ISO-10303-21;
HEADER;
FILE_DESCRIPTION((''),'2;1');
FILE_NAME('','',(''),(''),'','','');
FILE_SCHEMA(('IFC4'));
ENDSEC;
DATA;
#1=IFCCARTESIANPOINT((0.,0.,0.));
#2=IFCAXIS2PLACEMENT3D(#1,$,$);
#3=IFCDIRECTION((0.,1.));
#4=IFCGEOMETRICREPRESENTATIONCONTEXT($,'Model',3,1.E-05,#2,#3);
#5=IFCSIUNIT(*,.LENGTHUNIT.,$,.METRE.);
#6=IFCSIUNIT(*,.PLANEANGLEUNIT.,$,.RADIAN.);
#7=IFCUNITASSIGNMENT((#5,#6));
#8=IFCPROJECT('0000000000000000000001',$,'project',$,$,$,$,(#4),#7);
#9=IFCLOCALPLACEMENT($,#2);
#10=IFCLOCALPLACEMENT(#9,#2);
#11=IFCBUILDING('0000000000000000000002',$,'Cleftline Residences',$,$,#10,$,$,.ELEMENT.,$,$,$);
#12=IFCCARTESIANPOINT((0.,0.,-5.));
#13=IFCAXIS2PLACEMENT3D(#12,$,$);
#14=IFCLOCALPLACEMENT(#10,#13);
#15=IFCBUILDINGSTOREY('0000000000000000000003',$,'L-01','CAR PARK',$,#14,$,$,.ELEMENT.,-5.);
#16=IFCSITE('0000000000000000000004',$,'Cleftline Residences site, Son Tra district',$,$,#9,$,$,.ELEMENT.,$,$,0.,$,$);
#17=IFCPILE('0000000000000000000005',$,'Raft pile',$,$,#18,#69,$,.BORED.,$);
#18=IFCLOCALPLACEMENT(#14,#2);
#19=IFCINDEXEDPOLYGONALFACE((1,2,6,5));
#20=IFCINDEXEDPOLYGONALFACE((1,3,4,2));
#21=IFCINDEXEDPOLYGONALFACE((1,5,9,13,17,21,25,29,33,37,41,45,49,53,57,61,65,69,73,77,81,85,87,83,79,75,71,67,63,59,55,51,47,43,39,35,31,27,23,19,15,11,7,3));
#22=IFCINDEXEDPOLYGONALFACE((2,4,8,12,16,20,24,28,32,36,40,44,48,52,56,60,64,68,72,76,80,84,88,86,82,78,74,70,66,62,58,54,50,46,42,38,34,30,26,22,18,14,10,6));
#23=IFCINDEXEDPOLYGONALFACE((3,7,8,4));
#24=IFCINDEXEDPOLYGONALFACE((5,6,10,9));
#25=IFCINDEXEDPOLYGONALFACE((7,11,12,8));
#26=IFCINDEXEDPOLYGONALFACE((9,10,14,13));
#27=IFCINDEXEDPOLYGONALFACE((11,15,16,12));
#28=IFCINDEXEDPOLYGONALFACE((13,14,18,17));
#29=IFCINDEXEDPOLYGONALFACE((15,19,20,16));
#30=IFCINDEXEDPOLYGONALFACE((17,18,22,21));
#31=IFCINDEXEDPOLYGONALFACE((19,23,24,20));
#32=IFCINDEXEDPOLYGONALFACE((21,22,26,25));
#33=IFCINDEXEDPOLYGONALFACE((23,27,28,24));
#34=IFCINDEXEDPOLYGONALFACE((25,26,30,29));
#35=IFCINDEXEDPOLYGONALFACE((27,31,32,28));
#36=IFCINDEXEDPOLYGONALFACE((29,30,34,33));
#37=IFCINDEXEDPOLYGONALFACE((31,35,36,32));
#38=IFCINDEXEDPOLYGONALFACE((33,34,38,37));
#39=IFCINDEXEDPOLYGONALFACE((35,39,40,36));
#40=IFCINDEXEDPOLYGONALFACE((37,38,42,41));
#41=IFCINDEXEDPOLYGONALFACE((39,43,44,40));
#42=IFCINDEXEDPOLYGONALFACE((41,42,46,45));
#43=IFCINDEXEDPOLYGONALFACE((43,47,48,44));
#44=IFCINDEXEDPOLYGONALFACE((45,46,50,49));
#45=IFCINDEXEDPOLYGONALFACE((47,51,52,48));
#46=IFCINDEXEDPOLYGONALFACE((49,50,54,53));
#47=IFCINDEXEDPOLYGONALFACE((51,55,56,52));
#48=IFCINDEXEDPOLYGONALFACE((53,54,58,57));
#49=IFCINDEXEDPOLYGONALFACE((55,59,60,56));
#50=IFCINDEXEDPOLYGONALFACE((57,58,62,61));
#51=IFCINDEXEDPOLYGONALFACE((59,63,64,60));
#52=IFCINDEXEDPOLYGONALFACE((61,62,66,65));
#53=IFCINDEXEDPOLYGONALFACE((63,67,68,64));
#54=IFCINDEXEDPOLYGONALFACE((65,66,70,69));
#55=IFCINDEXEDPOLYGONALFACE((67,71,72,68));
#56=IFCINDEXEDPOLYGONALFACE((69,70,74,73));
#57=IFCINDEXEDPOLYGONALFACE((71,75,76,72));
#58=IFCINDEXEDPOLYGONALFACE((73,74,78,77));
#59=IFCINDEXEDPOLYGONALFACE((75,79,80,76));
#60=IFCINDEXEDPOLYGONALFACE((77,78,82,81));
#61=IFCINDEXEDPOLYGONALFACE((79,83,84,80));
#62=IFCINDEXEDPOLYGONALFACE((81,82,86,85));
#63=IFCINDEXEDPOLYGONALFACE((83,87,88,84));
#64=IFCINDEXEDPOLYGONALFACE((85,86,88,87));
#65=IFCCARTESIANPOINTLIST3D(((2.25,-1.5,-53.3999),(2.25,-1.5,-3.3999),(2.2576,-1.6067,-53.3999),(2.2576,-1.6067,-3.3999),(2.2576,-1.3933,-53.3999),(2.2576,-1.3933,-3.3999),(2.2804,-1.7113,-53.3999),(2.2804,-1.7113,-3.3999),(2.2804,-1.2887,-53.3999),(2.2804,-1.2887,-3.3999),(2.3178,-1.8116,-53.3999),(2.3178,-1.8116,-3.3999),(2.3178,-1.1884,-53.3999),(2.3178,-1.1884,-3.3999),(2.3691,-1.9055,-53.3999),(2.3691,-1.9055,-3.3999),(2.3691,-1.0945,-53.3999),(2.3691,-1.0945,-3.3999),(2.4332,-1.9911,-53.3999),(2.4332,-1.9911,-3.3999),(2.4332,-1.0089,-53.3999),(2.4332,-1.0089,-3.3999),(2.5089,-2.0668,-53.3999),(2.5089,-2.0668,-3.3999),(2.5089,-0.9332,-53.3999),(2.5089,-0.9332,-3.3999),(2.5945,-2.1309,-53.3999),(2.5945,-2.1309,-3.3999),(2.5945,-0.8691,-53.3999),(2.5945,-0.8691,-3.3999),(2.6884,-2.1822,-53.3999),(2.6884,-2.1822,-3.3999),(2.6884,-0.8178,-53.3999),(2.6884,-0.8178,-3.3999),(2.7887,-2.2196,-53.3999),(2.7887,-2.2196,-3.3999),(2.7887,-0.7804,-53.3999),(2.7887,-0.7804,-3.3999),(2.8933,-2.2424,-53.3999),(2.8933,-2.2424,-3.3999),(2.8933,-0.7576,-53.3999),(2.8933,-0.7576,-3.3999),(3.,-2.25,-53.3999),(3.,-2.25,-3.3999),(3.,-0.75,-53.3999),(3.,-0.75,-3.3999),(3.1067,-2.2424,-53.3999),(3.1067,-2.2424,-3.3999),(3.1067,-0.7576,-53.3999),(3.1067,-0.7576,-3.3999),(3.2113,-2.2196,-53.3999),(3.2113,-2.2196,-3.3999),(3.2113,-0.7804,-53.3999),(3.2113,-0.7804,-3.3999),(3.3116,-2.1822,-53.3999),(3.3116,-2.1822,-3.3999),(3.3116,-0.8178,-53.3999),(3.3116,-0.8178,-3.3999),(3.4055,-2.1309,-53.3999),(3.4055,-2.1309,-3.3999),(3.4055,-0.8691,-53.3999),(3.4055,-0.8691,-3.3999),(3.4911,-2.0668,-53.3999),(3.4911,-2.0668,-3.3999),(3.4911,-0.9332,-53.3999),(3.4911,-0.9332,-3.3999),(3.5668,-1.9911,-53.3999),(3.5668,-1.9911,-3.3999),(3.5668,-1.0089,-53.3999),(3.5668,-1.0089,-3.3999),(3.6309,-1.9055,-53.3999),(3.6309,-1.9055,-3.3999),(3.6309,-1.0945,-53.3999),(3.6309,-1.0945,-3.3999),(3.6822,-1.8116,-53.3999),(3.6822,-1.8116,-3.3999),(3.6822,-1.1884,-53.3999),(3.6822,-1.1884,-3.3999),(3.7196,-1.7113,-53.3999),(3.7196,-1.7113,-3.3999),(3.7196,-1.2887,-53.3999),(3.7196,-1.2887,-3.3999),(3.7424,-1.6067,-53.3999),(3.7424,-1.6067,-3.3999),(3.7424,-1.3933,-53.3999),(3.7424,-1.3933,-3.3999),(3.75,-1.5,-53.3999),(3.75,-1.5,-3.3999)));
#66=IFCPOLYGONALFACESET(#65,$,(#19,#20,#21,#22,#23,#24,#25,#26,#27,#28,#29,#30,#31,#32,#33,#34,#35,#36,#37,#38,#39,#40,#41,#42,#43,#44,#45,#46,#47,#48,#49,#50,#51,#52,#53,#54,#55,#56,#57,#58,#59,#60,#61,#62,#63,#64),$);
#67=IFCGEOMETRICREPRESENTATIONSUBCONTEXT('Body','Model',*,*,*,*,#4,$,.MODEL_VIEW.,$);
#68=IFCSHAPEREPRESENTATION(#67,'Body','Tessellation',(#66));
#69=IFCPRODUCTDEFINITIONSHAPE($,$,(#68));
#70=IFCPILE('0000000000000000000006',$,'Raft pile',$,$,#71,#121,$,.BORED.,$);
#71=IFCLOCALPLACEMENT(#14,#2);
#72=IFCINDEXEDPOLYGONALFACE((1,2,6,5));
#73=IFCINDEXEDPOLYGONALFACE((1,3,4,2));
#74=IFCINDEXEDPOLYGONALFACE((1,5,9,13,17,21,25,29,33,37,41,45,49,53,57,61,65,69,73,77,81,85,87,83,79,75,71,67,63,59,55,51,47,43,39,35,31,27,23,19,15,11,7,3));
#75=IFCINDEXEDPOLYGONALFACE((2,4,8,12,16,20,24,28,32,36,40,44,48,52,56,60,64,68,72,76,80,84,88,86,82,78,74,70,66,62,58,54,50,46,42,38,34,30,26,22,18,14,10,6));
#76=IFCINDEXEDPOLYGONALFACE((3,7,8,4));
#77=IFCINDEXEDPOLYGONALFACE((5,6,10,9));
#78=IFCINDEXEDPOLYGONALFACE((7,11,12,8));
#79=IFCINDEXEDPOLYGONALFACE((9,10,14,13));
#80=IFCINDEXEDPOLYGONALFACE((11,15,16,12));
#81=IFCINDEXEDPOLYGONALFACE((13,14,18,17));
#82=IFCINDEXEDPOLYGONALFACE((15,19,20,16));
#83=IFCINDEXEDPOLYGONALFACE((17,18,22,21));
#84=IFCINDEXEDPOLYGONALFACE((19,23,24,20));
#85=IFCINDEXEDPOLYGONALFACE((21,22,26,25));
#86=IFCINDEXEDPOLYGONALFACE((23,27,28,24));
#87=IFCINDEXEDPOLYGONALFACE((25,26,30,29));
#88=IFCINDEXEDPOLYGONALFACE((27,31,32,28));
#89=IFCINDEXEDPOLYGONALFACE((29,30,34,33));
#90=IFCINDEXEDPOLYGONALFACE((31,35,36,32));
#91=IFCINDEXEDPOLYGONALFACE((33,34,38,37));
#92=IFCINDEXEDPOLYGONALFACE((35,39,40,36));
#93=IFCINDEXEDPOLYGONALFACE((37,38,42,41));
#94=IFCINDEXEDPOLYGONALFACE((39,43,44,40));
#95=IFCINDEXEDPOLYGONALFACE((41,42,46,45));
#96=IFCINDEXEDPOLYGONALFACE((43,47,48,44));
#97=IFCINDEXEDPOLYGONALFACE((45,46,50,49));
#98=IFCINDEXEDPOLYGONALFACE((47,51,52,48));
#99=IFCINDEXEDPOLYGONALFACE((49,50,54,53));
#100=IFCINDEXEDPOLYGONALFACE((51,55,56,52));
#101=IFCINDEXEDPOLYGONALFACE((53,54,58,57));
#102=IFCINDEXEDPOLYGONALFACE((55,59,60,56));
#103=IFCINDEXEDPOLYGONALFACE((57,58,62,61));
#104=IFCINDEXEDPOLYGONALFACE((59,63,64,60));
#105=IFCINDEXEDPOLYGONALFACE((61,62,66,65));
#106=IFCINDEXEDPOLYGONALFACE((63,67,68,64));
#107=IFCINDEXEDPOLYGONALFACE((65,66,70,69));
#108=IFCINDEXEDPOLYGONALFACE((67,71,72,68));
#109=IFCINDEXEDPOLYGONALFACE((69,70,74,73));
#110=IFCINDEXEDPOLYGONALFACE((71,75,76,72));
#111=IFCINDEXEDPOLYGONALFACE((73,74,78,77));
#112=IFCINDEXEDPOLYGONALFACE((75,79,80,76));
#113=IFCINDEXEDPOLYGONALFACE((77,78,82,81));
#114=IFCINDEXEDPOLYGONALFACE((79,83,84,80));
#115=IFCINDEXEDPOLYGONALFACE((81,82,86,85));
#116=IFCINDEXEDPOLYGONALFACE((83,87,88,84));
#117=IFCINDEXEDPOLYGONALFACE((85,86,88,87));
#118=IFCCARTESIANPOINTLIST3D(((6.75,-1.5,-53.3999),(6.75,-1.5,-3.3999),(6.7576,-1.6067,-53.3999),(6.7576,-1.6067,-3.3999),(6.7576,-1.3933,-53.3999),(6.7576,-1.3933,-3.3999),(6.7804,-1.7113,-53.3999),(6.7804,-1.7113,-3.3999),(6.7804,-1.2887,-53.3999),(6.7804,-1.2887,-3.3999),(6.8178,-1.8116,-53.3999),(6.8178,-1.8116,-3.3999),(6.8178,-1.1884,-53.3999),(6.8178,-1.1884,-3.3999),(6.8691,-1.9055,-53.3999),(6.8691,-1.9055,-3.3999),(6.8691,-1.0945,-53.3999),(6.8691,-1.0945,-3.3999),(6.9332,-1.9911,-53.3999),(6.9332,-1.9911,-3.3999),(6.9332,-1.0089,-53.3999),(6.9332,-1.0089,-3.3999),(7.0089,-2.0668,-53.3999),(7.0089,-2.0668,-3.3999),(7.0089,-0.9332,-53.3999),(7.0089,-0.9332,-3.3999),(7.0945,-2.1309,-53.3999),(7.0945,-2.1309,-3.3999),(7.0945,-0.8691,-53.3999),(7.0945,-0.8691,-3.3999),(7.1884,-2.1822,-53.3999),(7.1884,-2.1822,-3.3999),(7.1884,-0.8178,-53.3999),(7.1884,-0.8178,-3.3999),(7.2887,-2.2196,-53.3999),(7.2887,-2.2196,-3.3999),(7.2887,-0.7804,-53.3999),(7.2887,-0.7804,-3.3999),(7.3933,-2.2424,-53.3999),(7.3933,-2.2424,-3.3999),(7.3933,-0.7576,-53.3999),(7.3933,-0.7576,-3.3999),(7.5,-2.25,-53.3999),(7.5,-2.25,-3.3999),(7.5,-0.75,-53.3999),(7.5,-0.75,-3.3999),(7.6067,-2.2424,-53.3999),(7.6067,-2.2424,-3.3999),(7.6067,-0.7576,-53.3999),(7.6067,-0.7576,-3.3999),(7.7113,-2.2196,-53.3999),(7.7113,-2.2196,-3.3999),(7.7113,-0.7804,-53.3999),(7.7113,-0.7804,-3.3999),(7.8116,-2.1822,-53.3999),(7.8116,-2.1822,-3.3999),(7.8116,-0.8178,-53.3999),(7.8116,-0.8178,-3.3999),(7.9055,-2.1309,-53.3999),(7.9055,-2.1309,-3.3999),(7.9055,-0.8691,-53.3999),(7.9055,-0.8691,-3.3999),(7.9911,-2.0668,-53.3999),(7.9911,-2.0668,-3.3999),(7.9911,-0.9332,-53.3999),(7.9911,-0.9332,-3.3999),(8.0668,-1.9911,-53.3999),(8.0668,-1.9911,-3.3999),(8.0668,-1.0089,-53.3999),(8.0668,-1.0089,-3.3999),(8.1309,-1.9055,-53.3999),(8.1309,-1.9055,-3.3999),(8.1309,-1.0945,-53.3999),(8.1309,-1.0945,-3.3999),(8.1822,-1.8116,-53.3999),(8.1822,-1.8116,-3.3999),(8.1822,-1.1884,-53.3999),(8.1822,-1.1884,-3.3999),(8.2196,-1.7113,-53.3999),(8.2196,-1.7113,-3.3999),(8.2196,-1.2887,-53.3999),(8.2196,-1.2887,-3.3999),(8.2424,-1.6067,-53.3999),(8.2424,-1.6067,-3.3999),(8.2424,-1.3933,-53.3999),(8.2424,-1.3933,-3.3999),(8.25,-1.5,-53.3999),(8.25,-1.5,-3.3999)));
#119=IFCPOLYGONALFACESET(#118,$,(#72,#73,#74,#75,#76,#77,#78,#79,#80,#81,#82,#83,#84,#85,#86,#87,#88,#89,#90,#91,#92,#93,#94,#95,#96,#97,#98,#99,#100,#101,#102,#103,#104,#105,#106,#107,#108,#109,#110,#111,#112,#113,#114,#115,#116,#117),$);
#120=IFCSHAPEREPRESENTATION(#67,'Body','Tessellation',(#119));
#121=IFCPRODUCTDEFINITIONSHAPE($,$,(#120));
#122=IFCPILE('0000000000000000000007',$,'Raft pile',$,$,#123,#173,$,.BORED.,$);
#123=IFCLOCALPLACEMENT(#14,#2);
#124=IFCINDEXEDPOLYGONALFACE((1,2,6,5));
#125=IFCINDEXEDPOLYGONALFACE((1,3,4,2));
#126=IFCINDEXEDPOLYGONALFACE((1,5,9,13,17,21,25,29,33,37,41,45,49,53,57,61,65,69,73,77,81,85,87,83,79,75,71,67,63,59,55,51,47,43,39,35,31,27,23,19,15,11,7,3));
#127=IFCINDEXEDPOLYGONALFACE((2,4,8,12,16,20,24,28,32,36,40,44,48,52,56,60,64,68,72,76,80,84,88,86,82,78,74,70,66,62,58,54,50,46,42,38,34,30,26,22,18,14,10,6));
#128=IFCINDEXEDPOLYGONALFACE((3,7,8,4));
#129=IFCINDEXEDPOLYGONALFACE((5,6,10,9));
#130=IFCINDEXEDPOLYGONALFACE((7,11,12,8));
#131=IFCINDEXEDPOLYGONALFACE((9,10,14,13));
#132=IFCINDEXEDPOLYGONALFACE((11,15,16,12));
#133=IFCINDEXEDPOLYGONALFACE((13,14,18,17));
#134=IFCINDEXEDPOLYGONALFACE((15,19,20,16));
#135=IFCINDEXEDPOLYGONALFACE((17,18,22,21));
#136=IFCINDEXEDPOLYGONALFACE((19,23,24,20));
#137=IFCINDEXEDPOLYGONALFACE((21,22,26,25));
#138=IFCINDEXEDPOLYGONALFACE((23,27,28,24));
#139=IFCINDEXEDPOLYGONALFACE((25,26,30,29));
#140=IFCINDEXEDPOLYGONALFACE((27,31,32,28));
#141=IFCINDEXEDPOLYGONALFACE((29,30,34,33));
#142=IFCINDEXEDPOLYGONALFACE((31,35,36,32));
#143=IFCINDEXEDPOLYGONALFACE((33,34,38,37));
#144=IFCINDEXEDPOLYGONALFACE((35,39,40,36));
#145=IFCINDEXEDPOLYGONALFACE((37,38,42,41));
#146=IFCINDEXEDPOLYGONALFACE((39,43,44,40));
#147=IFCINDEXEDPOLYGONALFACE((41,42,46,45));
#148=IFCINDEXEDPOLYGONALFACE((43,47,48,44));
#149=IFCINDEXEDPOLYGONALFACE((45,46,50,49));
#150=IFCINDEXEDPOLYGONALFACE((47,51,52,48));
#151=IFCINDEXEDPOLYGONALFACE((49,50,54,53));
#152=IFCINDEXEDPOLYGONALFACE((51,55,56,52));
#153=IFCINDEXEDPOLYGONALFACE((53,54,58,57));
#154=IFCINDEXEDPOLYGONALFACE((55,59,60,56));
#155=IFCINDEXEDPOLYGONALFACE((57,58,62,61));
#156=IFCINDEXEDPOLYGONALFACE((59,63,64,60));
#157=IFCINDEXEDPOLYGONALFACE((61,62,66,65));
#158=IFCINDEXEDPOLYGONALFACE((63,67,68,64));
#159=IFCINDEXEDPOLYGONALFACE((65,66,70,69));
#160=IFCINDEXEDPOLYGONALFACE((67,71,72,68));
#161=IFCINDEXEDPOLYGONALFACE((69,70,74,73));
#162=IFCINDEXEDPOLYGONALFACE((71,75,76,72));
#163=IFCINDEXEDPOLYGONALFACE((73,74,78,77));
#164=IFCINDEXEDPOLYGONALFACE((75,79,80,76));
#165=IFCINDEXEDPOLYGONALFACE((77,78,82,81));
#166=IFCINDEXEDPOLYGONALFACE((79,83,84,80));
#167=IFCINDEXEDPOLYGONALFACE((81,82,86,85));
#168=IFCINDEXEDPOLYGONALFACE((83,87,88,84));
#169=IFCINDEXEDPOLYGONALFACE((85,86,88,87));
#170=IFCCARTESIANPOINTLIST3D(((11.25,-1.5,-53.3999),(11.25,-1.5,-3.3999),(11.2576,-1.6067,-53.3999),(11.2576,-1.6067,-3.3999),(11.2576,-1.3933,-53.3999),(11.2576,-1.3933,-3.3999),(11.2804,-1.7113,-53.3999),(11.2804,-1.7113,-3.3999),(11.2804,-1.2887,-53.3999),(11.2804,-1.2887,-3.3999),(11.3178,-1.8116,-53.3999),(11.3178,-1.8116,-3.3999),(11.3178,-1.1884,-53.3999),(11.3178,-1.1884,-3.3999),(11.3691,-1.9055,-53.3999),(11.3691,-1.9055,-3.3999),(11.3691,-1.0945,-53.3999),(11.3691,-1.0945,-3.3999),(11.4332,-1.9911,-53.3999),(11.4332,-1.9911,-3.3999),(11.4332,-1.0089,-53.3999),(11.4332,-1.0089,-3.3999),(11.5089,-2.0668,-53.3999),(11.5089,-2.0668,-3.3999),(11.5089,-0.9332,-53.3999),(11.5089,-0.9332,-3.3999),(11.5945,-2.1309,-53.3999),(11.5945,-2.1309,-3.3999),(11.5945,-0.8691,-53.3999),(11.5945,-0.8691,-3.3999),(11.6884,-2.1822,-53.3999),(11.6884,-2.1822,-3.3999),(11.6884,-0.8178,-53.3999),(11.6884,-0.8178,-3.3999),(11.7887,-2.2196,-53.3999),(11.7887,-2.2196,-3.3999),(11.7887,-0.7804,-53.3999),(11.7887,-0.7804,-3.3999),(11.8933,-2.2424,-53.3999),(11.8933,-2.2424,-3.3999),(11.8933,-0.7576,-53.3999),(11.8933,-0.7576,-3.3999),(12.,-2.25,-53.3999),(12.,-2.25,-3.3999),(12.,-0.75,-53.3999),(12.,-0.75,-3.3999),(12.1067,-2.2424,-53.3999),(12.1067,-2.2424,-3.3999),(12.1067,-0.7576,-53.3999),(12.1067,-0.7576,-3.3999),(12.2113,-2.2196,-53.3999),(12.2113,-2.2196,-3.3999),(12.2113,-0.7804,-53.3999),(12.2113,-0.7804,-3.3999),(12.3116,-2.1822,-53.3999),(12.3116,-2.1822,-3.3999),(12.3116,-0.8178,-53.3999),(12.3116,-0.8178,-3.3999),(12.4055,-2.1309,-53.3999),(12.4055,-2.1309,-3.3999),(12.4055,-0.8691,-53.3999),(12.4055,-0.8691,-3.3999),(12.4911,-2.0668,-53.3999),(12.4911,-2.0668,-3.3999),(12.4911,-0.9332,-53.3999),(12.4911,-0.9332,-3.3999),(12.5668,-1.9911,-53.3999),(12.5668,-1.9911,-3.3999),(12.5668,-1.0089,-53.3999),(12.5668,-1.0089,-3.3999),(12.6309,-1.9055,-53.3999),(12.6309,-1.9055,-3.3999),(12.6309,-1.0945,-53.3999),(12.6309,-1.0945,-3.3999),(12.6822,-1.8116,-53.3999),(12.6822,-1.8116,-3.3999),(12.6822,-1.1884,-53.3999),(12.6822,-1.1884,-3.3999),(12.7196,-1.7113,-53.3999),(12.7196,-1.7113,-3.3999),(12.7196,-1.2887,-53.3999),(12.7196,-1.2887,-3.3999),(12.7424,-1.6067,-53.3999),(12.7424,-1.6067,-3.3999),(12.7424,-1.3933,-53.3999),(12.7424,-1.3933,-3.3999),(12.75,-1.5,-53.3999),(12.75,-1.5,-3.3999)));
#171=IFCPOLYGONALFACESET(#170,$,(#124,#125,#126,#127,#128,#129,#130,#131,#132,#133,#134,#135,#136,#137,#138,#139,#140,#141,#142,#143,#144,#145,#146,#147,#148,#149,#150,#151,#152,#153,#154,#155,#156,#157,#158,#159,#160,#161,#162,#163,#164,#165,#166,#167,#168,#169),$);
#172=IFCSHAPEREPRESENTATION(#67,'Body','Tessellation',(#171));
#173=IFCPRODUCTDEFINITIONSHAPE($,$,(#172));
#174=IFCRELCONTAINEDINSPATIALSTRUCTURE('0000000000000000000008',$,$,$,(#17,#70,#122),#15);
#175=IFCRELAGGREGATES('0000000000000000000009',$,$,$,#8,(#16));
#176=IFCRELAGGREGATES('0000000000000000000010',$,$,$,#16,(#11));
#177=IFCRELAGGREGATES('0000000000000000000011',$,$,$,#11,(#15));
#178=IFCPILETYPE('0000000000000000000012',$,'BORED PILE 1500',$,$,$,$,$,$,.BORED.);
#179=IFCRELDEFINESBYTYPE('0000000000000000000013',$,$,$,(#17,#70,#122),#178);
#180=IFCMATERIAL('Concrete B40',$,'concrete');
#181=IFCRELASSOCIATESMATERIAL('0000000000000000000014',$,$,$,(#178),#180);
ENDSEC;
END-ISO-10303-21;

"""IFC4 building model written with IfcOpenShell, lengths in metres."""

from ifc_helpers import new_model, si_unit, direction, frame, origin, origin_2d, place, context, subcontext, project, spatial, circle, extrude, material, material_profile, profile_set, type_object, element, save


model = new_model("IFC4")

# Units and contexts
model_context = context("Model", 3, precision=1e-05, world=origin(), true_north=direction((0.0, 1.0)))
body_context = subcontext(model_context, "Body", "Model", "MODEL_VIEW")
ifc_project = project(units=[si_unit("LENGTHUNIT", "METRE"), si_unit("PLANEANGLEUNIT", "RADIAN")], contexts=[model_context])

# Site, building, storey
site_placement = place(None, origin())
site = spatial("IfcSite", under=ifc_project, at=site_placement, Name="Cleftline Residences site, Son Tra district", CompositionType="ELEMENT", RefElevation=0.0)
building_placement = place(site_placement, origin())
building = spatial("IfcBuilding", under=site, at=building_placement, Name="Cleftline Residences", CompositionType="ELEMENT")
storey_placement = place(building_placement, frame((0.0, 0.0, -5.0)))
storey = spatial("IfcBuildingStorey", under=building, at=storey_placement, Name="L-01", Description="CAR PARK", CompositionType="ELEMENT", Elevation=-5.0)

# Piles
ifc_material_1 = material(Name="Concrete B40", Category="concrete")
ifc_material_profile_1 = material_profile(ifc_material_1, circle(Radius=0.75, at=origin_2d()))
ifc_profile_set_1 = profile_set([ifc_material_profile_1], Name="Concrete B40")
pile_type_1 = type_object("IfcPileType", Name="BORED PILE 1500", PredefinedType="BORED", material=ifc_profile_set_1)
for number, where, z_axis, x_axis, name in (
    (1, (3.0, -1.5, -3.3999), (0.0, 0.0, -1.0), (1.0, 0.0, 0.0), "Raft pile"),
    (2, (7.5, -1.5, -3.3999), (0.0, 0.0, -1.0), (1.0, 0.0, 0.0), "Raft pile"),
    (3, (12.0, -1.5, -3.3999), (0.0, 0.0, -1.0), (1.0, 0.0, 0.0), "Raft pile"),
):
    element("IfcPile", number, at=place(storey_placement, frame(where, z_axis=z_axis, x_axis=x_axis)), inside=storey, type_object=pile_type_1, Name=name, PredefinedType="BORED", context=body_context, shape_type="SweptSolid", body=[
        extrude(circle(Radius=0.75, at=origin_2d()), origin(), (0.0, 0.0, 1.0), 50.0),
    ])

save(model, "model.ifc")
